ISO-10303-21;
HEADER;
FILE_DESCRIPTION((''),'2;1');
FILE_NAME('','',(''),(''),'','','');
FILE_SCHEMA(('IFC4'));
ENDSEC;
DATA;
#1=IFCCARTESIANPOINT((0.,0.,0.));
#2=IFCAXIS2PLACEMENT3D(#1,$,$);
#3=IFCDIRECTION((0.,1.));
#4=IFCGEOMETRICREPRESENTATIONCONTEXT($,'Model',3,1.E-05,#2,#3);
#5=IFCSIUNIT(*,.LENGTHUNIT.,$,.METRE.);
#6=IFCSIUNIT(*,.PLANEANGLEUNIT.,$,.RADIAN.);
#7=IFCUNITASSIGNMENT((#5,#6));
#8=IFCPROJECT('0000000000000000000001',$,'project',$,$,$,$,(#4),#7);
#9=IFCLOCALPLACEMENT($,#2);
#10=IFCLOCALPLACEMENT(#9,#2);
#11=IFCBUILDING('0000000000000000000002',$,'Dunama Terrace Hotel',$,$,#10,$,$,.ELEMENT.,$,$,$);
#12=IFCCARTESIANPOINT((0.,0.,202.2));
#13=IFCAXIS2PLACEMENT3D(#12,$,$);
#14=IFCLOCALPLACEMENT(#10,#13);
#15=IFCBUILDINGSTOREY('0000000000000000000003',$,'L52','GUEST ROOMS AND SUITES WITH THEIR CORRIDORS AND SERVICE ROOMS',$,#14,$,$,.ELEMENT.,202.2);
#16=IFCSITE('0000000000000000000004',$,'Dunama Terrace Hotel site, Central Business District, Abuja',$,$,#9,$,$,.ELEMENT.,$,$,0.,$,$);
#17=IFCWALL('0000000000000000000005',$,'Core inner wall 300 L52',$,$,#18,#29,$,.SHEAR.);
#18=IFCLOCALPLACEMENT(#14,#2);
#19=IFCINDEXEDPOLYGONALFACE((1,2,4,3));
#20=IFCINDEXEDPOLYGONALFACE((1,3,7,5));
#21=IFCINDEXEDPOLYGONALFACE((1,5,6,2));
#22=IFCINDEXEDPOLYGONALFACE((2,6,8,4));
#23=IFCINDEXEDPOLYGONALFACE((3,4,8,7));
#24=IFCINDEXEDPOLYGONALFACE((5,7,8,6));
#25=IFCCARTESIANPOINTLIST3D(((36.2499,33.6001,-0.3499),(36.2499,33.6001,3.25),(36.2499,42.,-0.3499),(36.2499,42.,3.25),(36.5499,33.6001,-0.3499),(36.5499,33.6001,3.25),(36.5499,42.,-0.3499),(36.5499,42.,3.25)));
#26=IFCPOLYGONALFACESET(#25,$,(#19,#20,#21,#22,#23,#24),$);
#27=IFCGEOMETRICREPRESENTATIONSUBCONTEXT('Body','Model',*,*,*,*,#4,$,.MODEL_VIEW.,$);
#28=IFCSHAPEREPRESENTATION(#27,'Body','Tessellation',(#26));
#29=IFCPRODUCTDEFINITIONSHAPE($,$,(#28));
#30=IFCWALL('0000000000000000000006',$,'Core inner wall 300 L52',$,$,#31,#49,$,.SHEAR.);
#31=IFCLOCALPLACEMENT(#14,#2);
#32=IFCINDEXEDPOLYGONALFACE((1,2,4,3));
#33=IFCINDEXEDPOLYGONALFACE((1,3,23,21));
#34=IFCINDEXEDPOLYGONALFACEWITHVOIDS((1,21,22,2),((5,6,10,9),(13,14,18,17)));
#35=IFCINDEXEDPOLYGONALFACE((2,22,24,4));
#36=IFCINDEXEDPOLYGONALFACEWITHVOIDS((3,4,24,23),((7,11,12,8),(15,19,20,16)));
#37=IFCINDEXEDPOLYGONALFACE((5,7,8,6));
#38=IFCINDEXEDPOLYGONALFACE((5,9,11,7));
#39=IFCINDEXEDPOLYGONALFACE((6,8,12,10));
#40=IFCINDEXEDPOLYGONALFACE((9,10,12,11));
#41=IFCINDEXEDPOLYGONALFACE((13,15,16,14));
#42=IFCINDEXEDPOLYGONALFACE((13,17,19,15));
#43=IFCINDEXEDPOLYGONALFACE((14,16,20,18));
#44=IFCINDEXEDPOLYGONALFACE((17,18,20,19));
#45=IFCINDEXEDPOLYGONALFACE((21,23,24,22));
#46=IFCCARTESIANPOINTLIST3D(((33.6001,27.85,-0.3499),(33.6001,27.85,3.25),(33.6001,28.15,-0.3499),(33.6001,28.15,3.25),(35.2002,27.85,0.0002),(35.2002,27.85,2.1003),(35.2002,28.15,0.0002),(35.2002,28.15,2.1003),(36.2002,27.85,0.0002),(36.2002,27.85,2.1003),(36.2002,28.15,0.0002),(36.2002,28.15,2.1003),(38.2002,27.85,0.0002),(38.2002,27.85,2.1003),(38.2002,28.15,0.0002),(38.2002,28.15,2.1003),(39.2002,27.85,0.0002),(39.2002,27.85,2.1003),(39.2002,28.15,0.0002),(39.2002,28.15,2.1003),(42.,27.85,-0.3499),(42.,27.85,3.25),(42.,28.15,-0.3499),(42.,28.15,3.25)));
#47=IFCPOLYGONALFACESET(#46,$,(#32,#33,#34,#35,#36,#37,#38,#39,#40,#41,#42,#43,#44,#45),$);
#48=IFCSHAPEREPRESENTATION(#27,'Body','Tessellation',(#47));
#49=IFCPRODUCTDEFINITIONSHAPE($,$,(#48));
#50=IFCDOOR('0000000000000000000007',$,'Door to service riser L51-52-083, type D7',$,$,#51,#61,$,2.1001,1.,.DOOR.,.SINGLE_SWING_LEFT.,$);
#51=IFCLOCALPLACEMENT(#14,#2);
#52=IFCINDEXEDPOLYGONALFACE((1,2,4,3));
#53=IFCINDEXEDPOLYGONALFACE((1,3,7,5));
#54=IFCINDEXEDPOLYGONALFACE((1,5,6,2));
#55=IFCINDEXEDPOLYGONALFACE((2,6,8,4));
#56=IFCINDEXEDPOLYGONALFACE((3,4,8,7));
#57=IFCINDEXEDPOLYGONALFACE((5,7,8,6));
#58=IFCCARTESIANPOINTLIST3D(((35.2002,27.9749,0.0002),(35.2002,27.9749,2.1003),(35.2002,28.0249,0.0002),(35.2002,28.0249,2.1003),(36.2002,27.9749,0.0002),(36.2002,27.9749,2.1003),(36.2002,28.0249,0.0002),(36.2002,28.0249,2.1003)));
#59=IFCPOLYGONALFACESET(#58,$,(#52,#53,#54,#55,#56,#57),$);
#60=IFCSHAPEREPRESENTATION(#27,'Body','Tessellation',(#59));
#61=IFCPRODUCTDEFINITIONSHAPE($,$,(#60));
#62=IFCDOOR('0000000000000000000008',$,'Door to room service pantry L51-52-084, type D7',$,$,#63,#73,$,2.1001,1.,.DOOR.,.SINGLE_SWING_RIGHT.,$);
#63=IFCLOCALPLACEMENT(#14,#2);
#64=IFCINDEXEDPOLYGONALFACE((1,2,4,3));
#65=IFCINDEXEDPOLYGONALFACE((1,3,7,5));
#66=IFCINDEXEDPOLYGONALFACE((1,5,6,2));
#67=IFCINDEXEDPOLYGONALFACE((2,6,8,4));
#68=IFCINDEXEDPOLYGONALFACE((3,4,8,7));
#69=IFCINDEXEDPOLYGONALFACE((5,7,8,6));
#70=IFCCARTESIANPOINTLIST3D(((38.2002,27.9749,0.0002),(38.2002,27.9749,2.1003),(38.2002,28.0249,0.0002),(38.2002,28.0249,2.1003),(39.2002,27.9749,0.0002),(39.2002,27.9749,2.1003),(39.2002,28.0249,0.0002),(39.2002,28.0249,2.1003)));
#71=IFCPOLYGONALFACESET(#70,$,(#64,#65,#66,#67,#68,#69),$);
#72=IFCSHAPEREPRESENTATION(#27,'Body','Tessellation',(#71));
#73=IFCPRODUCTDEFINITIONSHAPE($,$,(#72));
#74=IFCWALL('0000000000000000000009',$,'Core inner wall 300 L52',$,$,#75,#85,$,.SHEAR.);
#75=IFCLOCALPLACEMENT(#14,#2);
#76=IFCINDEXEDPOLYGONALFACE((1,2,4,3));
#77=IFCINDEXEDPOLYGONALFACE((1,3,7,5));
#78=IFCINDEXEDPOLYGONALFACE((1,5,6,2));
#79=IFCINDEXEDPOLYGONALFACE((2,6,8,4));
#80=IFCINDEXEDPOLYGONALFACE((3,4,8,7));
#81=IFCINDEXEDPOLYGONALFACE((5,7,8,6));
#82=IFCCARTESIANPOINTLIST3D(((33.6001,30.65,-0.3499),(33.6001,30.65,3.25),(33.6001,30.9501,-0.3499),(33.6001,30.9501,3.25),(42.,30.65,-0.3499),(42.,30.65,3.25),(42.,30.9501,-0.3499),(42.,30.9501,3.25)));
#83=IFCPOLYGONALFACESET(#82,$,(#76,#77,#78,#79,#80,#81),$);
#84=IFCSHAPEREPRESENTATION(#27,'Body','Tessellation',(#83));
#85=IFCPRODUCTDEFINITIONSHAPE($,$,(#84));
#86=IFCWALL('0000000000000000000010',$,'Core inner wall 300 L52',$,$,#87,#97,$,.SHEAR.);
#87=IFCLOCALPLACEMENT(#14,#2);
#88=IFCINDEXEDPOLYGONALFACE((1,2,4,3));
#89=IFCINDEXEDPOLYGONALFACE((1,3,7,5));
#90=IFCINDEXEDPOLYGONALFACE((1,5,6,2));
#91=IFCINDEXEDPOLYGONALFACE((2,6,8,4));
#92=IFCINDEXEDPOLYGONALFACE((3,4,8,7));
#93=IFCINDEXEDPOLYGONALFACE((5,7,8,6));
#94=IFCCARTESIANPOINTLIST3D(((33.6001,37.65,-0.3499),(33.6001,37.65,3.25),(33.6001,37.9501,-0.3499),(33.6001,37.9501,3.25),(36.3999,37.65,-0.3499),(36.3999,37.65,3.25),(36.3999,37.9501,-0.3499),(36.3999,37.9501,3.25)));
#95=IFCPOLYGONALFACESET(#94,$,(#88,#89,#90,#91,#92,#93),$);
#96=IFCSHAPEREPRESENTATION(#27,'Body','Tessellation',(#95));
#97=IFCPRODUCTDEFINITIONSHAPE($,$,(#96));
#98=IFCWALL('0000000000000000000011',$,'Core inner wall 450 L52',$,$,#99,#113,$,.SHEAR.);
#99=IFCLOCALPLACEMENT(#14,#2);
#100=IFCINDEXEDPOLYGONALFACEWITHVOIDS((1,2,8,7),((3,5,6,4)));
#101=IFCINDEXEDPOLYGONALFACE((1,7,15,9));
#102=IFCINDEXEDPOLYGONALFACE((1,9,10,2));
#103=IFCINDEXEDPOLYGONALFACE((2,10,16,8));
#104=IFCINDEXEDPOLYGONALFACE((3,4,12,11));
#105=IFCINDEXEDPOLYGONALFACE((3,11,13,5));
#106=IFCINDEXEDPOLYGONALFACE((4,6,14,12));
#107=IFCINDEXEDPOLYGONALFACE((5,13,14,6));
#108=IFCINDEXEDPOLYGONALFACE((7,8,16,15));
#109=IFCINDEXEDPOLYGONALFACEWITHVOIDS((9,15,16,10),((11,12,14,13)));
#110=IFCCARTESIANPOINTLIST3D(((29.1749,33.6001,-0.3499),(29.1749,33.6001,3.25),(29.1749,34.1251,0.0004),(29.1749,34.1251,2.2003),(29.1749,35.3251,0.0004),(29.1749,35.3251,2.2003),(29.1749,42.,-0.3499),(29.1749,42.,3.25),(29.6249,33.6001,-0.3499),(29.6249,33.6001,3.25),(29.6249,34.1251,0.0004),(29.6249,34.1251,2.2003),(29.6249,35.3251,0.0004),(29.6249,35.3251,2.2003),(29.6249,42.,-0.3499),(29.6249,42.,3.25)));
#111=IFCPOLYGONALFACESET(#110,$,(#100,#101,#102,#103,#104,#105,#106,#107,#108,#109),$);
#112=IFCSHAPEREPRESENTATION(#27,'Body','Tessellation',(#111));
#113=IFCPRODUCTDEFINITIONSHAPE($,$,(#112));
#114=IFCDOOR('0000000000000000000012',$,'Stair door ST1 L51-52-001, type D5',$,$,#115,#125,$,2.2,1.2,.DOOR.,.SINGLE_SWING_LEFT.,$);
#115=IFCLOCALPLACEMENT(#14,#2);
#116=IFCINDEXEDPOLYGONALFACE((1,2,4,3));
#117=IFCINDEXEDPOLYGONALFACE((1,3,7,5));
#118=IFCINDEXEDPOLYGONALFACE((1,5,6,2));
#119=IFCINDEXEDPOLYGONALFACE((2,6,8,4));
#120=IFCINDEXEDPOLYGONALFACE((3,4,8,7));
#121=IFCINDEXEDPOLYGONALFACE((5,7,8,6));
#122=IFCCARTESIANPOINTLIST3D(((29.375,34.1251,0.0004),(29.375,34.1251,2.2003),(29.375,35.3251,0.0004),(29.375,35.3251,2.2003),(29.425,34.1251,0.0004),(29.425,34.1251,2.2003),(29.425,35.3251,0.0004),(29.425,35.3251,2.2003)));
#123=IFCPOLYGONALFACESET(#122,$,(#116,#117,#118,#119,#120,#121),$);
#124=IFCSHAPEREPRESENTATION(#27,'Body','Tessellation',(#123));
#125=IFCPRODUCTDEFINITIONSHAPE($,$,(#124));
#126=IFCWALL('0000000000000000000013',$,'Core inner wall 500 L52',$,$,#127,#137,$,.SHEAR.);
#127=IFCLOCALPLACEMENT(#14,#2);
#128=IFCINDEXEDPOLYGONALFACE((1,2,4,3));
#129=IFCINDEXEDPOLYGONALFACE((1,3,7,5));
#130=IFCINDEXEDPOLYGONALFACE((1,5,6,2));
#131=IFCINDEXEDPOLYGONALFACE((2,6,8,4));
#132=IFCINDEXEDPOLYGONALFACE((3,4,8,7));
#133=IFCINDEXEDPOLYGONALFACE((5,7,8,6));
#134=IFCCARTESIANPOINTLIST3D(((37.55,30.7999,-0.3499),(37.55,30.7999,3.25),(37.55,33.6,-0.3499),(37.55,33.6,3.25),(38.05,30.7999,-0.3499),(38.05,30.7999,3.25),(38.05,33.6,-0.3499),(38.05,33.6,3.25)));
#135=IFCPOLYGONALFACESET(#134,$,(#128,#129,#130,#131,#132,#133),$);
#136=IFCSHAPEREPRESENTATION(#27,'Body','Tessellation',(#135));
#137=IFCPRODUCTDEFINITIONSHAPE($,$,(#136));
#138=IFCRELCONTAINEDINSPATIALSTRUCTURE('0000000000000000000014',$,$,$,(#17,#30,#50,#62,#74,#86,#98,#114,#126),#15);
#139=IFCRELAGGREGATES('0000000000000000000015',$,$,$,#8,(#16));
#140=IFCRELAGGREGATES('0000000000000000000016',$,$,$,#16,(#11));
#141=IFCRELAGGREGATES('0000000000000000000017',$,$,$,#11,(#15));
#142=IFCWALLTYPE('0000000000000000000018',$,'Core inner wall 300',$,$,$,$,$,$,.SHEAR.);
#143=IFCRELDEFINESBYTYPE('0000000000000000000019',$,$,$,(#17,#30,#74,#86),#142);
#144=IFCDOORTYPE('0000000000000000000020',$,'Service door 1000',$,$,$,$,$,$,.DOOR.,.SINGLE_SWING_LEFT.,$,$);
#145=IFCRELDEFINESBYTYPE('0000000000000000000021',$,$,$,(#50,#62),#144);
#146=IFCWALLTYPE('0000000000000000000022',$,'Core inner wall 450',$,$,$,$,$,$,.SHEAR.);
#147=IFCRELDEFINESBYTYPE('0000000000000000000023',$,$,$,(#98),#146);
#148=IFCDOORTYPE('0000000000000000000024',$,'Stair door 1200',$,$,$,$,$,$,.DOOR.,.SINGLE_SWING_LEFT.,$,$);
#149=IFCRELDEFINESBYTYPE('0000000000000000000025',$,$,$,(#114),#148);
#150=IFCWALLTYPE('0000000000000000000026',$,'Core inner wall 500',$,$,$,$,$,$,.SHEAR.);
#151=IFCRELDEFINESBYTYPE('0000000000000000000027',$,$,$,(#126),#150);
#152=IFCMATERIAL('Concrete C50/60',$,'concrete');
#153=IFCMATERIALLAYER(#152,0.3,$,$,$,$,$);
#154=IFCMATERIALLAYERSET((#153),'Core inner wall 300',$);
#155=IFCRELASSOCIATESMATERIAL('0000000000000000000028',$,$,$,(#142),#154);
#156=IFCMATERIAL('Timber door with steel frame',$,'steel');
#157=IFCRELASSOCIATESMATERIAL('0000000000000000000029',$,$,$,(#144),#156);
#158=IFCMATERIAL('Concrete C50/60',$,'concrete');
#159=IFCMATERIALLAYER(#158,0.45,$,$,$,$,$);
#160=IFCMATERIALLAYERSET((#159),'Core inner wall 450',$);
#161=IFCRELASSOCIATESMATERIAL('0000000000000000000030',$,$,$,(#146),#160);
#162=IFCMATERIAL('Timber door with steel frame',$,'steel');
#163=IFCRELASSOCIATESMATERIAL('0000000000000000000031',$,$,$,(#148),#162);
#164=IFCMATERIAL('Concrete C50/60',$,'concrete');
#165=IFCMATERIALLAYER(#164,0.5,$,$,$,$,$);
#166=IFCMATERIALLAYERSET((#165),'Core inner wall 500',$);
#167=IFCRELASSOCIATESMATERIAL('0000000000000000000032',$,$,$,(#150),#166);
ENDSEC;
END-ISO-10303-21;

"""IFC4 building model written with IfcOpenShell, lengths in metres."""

from ifc_helpers import new_model, si_unit, direction, frame, frame_2d, origin, place, context, subcontext, project, spatial, rectangle, extrude, material, layer, layer_set, type_object, element, fill, save


model = new_model("IFC4")

# Units and contexts
model_context = context("Model", 3, precision=1e-05, world=origin(), true_north=direction((0.0, 1.0)))
body_context = subcontext(model_context, "Body", "Model", "MODEL_VIEW")
ifc_project = project(units=[si_unit("LENGTHUNIT", "METRE"), si_unit("PLANEANGLEUNIT", "RADIAN")], contexts=[model_context])

# Site, building, storey
site_placement = place(None, origin())
site = spatial("IfcSite", under=ifc_project, at=site_placement, Name="Dunama Terrace Hotel site, Central Business District, Abuja", CompositionType="ELEMENT", RefElevation=0.0)
building_placement = place(site_placement, origin())
building = spatial("IfcBuilding", under=site, at=building_placement, Name="Dunama Terrace Hotel", CompositionType="ELEMENT")
storey_placement = place(building_placement, frame((0.0, 0.0, 202.2)))
storey = spatial("IfcBuildingStorey", under=building, at=storey_placement, Name="L52", Description="GUEST ROOMS AND SUITES WITH THEIR CORRIDORS AND SERVICE ROOMS", CompositionType="ELEMENT", Elevation=202.2)

# Wall
ifc_material_1 = material(Name="Concrete C50/60", Category="concrete")
ifc_layer_1 = layer(ifc_material_1, 0.3)
ifc_layer_set_1 = layer_set([ifc_layer_1], Name="Core inner wall 300")
wall_type_1 = type_object("IfcWallType", Name="Core inner wall 300", PredefinedType="SHEAR", material=ifc_layer_set_1)
wall_1_placement = place(storey_placement, frame((36.3999, 33.6001, -0.3499), z_axis=(0.0, 0.0, 1.0), x_axis=(0.0, 1.0, 0.0)))
element("IfcWall", 1, at=wall_1_placement, inside=storey, type_object=wall_type_1, Name="Core inner wall 300 L52", PredefinedType="SHEAR", context=body_context, shape_type="SweptSolid", body=[
    extrude(rectangle(XDim=8.3999, YDim=0.3, at=frame_2d((4.2, 0.0))), origin(), (0.0, 0.0, 1.0), 3.5999),
])

# Wall, openings, doors
wall_2_placement = place(storey_placement, frame((33.6001, 28.0, -0.3499), z_axis=(0.0, 0.0, 1.0), x_axis=(1.0, 0.0, 0.0)))
wall_2 = element("IfcWall", 2, at=wall_2_placement, inside=storey, type_object=wall_type_1, Name="Core inner wall 300 L52", PredefinedType="SHEAR", context=body_context, shape_type="SweptSolid", body=[
    extrude(rectangle(XDim=8.3999, YDim=0.3, at=frame_2d((4.2, 0.0))), origin(), (0.0, 0.0, 1.0), 3.5999),
])
opening_1_placement = place(wall_2_placement, frame((1.6001, 0.0, 0.3501)))
opening_1 = element("IfcOpeningElement", 3, at=opening_1_placement, cuts=wall_2, PredefinedType="OPENING", context=body_context, shape_type="SweptSolid", body=[
    extrude(rectangle(XDim=1.0, YDim=2.1001, at=frame_2d((0.5, 1.05))), frame((0.0, 0.1599, 0.0), z_axis=(0.0, -1.0, 0.0), x_axis=(1.0, 0.0, 0.0)), (0.0, 0.0, 1.0), 0.3201),
])
opening_2_placement = place(wall_2_placement, frame((4.6001, 0.0, 0.3501)))
opening_2 = element("IfcOpeningElement", 4, at=opening_2_placement, cuts=wall_2, PredefinedType="OPENING", context=body_context, shape_type="SweptSolid", body=[
    extrude(rectangle(XDim=1.0, YDim=2.1001, at=frame_2d((0.5, 1.05))), frame((0.0, 0.1599, 0.0), z_axis=(0.0, -1.0, 0.0), x_axis=(1.0, 0.0, 0.0)), (0.0, 0.0, 1.0), 0.3201),
])
ifc_material_2 = material(Name="Timber door with steel frame", Category="steel")
door_type_1 = type_object("IfcDoorType", Name="Service door 1000", OperationType="SINGLE_SWING_LEFT", PredefinedType="DOOR", material=ifc_material_2)
door_1_placement = place(opening_1_placement, frame((1.0, 0.0, 0.0), z_axis=(0.0, 0.0, 1.0), x_axis=(-1.0, 0.0, 0.0)))
door_1 = element("IfcDoor", 5, at=door_1_placement, inside=storey, type_object=door_type_1, Name="Door to service riser L51-52-083, type D7", OperationType="SINGLE_SWING_LEFT", OverallHeight=2.1001, OverallWidth=1.0, PredefinedType="DOOR", context=body_context, shape_type="SweptSolid", body=[
    extrude(rectangle(XDim=1.0, YDim=2.1001, at=frame_2d((0.5, 1.05))), frame((0.0, 0.0251, 0.0), z_axis=(0.0, -1.0, 0.0), x_axis=(1.0, 0.0, 0.0)), (0.0, 0.0, 1.0), 0.05),
])
fill(opening_1, door_1)
door_2_placement = place(opening_2_placement, frame((1.0, 0.0, 0.0), z_axis=(0.0, 0.0, 1.0), x_axis=(-1.0, 0.0, 0.0)))
door_2 = element("IfcDoor", 6, at=door_2_placement, inside=storey, type_object=door_type_1, Name="Door to room service pantry L51-52-084, type D7", OperationType="SINGLE_SWING_RIGHT", OverallHeight=2.1001, OverallWidth=1.0, PredefinedType="DOOR", context=body_context, shape_type="SweptSolid", body=[
    extrude(rectangle(XDim=1.0, YDim=2.1001, at=frame_2d((0.5, 1.05))), frame((0.0, 0.0251, 0.0), z_axis=(0.0, -1.0, 0.0), x_axis=(1.0, 0.0, 0.0)), (0.0, 0.0, 1.0), 0.05),
])
fill(opening_2, door_2)

# Walls
wall_3_placement = place(storey_placement, frame((33.6001, 30.8, -0.3499), z_axis=(0.0, 0.0, 1.0), x_axis=(1.0, 0.0, 0.0)))
element("IfcWall", 7, at=wall_3_placement, inside=storey, type_object=wall_type_1, Name="Core inner wall 300 L52", PredefinedType="SHEAR", context=body_context, shape_type="SweptSolid", body=[
    extrude(rectangle(XDim=8.3999, YDim=0.3, at=frame_2d((4.2, 0.0))), origin(), (0.0, 0.0, 1.0), 3.5999),
])
wall_4_placement = place(storey_placement, frame((33.6001, 37.8, -0.3499), z_axis=(0.0, 0.0, 1.0), x_axis=(1.0, 0.0, 0.0)))
element("IfcWall", 8, at=wall_4_placement, inside=storey, type_object=wall_type_1, Name="Core inner wall 300 L52", PredefinedType="SHEAR", context=body_context, shape_type="SweptSolid", body=[
    extrude(rectangle(XDim=2.7998, YDim=0.3, at=frame_2d((1.3999, 0.0))), origin(), (0.0, 0.0, 1.0), 3.5999),
])

# Wall, opening, door
ifc_material_3 = material(Name="Concrete C50/60", Category="concrete")
ifc_layer_2 = layer(ifc_material_3, 0.45)
ifc_layer_set_2 = layer_set([ifc_layer_2], Name="Core inner wall 450")
wall_type_2 = type_object("IfcWallType", Name="Core inner wall 450", PredefinedType="SHEAR", material=ifc_layer_set_2)
wall_5_placement = place(storey_placement, frame((29.3999, 33.6001, -0.3499), z_axis=(0.0, 0.0, 1.0), x_axis=(0.0, 1.0, 0.0)))
wall_5 = element("IfcWall", 9, at=wall_5_placement, inside=storey, type_object=wall_type_2, Name="Core inner wall 450 L52", PredefinedType="SHEAR", context=body_context, shape_type="SweptSolid", body=[
    extrude(rectangle(XDim=8.3999, YDim=0.45, at=frame_2d((4.2, 0.0))), origin(), (0.0, 0.0, 1.0), 3.5999),
])
opening_3_placement = place(wall_5_placement, frame((0.5249, 0.0, 0.3501)))
opening_3 = element("IfcOpeningElement", 10, at=opening_3_placement, cuts=wall_5, PredefinedType="OPENING", context=body_context, shape_type="SweptSolid", body=[
    extrude(rectangle(XDim=1.2, YDim=2.2, at=frame_2d((0.6001, 1.1001))), frame((0.0, 0.2349, 0.0), z_axis=(0.0, -1.0, 0.0), x_axis=(1.0, 0.0, 0.0)), (0.0, 0.0, 1.0), 0.47),
])
ifc_material_4 = material(Name="Timber door with steel frame", Category="steel")
door_type_2 = type_object("IfcDoorType", Name="Stair door 1200", OperationType="SINGLE_SWING_LEFT", PredefinedType="DOOR", material=ifc_material_4)
door_3_placement = place(opening_3_placement, origin())
door_3 = element("IfcDoor", 11, at=door_3_placement, inside=storey, type_object=door_type_2, Name="Stair door ST1 L51-52-001, type D5", OperationType="SINGLE_SWING_LEFT", OverallHeight=2.2, OverallWidth=1.2, PredefinedType="DOOR", context=body_context, shape_type="SweptSolid", body=[
    extrude(rectangle(XDim=1.2, YDim=2.2, at=frame_2d((0.6001, 1.1001))), frame((0.0, 0.0249, 0.0), z_axis=(0.0, -1.0, 0.0), x_axis=(1.0, 0.0, 0.0)), (0.0, 0.0, 1.0), 0.05),
])
fill(opening_3, door_3)

# Wall
ifc_material_5 = material(Name="Concrete C50/60", Category="concrete")
ifc_layer_3 = layer(ifc_material_5, 0.5)
ifc_layer_set_3 = layer_set([ifc_layer_3], Name="Core inner wall 500")
wall_type_3 = type_object("IfcWallType", Name="Core inner wall 500", PredefinedType="SHEAR", material=ifc_layer_set_3)
wall_6_placement = place(storey_placement, frame((37.8, 30.8, -0.3499), z_axis=(0.0, 0.0, 1.0), x_axis=(0.0, 1.0, 0.0)))
element("IfcWall", 12, at=wall_6_placement, inside=storey, type_object=wall_type_3, Name="Core inner wall 500 L52", PredefinedType="SHEAR", context=body_context, shape_type="SweptSolid", body=[
    extrude(rectangle(XDim=2.8, YDim=0.5, at=frame_2d((1.3999, 0.0))), origin(), (0.0, 0.0, 1.0), 3.5999),
])

save(model, "model.ifc")
